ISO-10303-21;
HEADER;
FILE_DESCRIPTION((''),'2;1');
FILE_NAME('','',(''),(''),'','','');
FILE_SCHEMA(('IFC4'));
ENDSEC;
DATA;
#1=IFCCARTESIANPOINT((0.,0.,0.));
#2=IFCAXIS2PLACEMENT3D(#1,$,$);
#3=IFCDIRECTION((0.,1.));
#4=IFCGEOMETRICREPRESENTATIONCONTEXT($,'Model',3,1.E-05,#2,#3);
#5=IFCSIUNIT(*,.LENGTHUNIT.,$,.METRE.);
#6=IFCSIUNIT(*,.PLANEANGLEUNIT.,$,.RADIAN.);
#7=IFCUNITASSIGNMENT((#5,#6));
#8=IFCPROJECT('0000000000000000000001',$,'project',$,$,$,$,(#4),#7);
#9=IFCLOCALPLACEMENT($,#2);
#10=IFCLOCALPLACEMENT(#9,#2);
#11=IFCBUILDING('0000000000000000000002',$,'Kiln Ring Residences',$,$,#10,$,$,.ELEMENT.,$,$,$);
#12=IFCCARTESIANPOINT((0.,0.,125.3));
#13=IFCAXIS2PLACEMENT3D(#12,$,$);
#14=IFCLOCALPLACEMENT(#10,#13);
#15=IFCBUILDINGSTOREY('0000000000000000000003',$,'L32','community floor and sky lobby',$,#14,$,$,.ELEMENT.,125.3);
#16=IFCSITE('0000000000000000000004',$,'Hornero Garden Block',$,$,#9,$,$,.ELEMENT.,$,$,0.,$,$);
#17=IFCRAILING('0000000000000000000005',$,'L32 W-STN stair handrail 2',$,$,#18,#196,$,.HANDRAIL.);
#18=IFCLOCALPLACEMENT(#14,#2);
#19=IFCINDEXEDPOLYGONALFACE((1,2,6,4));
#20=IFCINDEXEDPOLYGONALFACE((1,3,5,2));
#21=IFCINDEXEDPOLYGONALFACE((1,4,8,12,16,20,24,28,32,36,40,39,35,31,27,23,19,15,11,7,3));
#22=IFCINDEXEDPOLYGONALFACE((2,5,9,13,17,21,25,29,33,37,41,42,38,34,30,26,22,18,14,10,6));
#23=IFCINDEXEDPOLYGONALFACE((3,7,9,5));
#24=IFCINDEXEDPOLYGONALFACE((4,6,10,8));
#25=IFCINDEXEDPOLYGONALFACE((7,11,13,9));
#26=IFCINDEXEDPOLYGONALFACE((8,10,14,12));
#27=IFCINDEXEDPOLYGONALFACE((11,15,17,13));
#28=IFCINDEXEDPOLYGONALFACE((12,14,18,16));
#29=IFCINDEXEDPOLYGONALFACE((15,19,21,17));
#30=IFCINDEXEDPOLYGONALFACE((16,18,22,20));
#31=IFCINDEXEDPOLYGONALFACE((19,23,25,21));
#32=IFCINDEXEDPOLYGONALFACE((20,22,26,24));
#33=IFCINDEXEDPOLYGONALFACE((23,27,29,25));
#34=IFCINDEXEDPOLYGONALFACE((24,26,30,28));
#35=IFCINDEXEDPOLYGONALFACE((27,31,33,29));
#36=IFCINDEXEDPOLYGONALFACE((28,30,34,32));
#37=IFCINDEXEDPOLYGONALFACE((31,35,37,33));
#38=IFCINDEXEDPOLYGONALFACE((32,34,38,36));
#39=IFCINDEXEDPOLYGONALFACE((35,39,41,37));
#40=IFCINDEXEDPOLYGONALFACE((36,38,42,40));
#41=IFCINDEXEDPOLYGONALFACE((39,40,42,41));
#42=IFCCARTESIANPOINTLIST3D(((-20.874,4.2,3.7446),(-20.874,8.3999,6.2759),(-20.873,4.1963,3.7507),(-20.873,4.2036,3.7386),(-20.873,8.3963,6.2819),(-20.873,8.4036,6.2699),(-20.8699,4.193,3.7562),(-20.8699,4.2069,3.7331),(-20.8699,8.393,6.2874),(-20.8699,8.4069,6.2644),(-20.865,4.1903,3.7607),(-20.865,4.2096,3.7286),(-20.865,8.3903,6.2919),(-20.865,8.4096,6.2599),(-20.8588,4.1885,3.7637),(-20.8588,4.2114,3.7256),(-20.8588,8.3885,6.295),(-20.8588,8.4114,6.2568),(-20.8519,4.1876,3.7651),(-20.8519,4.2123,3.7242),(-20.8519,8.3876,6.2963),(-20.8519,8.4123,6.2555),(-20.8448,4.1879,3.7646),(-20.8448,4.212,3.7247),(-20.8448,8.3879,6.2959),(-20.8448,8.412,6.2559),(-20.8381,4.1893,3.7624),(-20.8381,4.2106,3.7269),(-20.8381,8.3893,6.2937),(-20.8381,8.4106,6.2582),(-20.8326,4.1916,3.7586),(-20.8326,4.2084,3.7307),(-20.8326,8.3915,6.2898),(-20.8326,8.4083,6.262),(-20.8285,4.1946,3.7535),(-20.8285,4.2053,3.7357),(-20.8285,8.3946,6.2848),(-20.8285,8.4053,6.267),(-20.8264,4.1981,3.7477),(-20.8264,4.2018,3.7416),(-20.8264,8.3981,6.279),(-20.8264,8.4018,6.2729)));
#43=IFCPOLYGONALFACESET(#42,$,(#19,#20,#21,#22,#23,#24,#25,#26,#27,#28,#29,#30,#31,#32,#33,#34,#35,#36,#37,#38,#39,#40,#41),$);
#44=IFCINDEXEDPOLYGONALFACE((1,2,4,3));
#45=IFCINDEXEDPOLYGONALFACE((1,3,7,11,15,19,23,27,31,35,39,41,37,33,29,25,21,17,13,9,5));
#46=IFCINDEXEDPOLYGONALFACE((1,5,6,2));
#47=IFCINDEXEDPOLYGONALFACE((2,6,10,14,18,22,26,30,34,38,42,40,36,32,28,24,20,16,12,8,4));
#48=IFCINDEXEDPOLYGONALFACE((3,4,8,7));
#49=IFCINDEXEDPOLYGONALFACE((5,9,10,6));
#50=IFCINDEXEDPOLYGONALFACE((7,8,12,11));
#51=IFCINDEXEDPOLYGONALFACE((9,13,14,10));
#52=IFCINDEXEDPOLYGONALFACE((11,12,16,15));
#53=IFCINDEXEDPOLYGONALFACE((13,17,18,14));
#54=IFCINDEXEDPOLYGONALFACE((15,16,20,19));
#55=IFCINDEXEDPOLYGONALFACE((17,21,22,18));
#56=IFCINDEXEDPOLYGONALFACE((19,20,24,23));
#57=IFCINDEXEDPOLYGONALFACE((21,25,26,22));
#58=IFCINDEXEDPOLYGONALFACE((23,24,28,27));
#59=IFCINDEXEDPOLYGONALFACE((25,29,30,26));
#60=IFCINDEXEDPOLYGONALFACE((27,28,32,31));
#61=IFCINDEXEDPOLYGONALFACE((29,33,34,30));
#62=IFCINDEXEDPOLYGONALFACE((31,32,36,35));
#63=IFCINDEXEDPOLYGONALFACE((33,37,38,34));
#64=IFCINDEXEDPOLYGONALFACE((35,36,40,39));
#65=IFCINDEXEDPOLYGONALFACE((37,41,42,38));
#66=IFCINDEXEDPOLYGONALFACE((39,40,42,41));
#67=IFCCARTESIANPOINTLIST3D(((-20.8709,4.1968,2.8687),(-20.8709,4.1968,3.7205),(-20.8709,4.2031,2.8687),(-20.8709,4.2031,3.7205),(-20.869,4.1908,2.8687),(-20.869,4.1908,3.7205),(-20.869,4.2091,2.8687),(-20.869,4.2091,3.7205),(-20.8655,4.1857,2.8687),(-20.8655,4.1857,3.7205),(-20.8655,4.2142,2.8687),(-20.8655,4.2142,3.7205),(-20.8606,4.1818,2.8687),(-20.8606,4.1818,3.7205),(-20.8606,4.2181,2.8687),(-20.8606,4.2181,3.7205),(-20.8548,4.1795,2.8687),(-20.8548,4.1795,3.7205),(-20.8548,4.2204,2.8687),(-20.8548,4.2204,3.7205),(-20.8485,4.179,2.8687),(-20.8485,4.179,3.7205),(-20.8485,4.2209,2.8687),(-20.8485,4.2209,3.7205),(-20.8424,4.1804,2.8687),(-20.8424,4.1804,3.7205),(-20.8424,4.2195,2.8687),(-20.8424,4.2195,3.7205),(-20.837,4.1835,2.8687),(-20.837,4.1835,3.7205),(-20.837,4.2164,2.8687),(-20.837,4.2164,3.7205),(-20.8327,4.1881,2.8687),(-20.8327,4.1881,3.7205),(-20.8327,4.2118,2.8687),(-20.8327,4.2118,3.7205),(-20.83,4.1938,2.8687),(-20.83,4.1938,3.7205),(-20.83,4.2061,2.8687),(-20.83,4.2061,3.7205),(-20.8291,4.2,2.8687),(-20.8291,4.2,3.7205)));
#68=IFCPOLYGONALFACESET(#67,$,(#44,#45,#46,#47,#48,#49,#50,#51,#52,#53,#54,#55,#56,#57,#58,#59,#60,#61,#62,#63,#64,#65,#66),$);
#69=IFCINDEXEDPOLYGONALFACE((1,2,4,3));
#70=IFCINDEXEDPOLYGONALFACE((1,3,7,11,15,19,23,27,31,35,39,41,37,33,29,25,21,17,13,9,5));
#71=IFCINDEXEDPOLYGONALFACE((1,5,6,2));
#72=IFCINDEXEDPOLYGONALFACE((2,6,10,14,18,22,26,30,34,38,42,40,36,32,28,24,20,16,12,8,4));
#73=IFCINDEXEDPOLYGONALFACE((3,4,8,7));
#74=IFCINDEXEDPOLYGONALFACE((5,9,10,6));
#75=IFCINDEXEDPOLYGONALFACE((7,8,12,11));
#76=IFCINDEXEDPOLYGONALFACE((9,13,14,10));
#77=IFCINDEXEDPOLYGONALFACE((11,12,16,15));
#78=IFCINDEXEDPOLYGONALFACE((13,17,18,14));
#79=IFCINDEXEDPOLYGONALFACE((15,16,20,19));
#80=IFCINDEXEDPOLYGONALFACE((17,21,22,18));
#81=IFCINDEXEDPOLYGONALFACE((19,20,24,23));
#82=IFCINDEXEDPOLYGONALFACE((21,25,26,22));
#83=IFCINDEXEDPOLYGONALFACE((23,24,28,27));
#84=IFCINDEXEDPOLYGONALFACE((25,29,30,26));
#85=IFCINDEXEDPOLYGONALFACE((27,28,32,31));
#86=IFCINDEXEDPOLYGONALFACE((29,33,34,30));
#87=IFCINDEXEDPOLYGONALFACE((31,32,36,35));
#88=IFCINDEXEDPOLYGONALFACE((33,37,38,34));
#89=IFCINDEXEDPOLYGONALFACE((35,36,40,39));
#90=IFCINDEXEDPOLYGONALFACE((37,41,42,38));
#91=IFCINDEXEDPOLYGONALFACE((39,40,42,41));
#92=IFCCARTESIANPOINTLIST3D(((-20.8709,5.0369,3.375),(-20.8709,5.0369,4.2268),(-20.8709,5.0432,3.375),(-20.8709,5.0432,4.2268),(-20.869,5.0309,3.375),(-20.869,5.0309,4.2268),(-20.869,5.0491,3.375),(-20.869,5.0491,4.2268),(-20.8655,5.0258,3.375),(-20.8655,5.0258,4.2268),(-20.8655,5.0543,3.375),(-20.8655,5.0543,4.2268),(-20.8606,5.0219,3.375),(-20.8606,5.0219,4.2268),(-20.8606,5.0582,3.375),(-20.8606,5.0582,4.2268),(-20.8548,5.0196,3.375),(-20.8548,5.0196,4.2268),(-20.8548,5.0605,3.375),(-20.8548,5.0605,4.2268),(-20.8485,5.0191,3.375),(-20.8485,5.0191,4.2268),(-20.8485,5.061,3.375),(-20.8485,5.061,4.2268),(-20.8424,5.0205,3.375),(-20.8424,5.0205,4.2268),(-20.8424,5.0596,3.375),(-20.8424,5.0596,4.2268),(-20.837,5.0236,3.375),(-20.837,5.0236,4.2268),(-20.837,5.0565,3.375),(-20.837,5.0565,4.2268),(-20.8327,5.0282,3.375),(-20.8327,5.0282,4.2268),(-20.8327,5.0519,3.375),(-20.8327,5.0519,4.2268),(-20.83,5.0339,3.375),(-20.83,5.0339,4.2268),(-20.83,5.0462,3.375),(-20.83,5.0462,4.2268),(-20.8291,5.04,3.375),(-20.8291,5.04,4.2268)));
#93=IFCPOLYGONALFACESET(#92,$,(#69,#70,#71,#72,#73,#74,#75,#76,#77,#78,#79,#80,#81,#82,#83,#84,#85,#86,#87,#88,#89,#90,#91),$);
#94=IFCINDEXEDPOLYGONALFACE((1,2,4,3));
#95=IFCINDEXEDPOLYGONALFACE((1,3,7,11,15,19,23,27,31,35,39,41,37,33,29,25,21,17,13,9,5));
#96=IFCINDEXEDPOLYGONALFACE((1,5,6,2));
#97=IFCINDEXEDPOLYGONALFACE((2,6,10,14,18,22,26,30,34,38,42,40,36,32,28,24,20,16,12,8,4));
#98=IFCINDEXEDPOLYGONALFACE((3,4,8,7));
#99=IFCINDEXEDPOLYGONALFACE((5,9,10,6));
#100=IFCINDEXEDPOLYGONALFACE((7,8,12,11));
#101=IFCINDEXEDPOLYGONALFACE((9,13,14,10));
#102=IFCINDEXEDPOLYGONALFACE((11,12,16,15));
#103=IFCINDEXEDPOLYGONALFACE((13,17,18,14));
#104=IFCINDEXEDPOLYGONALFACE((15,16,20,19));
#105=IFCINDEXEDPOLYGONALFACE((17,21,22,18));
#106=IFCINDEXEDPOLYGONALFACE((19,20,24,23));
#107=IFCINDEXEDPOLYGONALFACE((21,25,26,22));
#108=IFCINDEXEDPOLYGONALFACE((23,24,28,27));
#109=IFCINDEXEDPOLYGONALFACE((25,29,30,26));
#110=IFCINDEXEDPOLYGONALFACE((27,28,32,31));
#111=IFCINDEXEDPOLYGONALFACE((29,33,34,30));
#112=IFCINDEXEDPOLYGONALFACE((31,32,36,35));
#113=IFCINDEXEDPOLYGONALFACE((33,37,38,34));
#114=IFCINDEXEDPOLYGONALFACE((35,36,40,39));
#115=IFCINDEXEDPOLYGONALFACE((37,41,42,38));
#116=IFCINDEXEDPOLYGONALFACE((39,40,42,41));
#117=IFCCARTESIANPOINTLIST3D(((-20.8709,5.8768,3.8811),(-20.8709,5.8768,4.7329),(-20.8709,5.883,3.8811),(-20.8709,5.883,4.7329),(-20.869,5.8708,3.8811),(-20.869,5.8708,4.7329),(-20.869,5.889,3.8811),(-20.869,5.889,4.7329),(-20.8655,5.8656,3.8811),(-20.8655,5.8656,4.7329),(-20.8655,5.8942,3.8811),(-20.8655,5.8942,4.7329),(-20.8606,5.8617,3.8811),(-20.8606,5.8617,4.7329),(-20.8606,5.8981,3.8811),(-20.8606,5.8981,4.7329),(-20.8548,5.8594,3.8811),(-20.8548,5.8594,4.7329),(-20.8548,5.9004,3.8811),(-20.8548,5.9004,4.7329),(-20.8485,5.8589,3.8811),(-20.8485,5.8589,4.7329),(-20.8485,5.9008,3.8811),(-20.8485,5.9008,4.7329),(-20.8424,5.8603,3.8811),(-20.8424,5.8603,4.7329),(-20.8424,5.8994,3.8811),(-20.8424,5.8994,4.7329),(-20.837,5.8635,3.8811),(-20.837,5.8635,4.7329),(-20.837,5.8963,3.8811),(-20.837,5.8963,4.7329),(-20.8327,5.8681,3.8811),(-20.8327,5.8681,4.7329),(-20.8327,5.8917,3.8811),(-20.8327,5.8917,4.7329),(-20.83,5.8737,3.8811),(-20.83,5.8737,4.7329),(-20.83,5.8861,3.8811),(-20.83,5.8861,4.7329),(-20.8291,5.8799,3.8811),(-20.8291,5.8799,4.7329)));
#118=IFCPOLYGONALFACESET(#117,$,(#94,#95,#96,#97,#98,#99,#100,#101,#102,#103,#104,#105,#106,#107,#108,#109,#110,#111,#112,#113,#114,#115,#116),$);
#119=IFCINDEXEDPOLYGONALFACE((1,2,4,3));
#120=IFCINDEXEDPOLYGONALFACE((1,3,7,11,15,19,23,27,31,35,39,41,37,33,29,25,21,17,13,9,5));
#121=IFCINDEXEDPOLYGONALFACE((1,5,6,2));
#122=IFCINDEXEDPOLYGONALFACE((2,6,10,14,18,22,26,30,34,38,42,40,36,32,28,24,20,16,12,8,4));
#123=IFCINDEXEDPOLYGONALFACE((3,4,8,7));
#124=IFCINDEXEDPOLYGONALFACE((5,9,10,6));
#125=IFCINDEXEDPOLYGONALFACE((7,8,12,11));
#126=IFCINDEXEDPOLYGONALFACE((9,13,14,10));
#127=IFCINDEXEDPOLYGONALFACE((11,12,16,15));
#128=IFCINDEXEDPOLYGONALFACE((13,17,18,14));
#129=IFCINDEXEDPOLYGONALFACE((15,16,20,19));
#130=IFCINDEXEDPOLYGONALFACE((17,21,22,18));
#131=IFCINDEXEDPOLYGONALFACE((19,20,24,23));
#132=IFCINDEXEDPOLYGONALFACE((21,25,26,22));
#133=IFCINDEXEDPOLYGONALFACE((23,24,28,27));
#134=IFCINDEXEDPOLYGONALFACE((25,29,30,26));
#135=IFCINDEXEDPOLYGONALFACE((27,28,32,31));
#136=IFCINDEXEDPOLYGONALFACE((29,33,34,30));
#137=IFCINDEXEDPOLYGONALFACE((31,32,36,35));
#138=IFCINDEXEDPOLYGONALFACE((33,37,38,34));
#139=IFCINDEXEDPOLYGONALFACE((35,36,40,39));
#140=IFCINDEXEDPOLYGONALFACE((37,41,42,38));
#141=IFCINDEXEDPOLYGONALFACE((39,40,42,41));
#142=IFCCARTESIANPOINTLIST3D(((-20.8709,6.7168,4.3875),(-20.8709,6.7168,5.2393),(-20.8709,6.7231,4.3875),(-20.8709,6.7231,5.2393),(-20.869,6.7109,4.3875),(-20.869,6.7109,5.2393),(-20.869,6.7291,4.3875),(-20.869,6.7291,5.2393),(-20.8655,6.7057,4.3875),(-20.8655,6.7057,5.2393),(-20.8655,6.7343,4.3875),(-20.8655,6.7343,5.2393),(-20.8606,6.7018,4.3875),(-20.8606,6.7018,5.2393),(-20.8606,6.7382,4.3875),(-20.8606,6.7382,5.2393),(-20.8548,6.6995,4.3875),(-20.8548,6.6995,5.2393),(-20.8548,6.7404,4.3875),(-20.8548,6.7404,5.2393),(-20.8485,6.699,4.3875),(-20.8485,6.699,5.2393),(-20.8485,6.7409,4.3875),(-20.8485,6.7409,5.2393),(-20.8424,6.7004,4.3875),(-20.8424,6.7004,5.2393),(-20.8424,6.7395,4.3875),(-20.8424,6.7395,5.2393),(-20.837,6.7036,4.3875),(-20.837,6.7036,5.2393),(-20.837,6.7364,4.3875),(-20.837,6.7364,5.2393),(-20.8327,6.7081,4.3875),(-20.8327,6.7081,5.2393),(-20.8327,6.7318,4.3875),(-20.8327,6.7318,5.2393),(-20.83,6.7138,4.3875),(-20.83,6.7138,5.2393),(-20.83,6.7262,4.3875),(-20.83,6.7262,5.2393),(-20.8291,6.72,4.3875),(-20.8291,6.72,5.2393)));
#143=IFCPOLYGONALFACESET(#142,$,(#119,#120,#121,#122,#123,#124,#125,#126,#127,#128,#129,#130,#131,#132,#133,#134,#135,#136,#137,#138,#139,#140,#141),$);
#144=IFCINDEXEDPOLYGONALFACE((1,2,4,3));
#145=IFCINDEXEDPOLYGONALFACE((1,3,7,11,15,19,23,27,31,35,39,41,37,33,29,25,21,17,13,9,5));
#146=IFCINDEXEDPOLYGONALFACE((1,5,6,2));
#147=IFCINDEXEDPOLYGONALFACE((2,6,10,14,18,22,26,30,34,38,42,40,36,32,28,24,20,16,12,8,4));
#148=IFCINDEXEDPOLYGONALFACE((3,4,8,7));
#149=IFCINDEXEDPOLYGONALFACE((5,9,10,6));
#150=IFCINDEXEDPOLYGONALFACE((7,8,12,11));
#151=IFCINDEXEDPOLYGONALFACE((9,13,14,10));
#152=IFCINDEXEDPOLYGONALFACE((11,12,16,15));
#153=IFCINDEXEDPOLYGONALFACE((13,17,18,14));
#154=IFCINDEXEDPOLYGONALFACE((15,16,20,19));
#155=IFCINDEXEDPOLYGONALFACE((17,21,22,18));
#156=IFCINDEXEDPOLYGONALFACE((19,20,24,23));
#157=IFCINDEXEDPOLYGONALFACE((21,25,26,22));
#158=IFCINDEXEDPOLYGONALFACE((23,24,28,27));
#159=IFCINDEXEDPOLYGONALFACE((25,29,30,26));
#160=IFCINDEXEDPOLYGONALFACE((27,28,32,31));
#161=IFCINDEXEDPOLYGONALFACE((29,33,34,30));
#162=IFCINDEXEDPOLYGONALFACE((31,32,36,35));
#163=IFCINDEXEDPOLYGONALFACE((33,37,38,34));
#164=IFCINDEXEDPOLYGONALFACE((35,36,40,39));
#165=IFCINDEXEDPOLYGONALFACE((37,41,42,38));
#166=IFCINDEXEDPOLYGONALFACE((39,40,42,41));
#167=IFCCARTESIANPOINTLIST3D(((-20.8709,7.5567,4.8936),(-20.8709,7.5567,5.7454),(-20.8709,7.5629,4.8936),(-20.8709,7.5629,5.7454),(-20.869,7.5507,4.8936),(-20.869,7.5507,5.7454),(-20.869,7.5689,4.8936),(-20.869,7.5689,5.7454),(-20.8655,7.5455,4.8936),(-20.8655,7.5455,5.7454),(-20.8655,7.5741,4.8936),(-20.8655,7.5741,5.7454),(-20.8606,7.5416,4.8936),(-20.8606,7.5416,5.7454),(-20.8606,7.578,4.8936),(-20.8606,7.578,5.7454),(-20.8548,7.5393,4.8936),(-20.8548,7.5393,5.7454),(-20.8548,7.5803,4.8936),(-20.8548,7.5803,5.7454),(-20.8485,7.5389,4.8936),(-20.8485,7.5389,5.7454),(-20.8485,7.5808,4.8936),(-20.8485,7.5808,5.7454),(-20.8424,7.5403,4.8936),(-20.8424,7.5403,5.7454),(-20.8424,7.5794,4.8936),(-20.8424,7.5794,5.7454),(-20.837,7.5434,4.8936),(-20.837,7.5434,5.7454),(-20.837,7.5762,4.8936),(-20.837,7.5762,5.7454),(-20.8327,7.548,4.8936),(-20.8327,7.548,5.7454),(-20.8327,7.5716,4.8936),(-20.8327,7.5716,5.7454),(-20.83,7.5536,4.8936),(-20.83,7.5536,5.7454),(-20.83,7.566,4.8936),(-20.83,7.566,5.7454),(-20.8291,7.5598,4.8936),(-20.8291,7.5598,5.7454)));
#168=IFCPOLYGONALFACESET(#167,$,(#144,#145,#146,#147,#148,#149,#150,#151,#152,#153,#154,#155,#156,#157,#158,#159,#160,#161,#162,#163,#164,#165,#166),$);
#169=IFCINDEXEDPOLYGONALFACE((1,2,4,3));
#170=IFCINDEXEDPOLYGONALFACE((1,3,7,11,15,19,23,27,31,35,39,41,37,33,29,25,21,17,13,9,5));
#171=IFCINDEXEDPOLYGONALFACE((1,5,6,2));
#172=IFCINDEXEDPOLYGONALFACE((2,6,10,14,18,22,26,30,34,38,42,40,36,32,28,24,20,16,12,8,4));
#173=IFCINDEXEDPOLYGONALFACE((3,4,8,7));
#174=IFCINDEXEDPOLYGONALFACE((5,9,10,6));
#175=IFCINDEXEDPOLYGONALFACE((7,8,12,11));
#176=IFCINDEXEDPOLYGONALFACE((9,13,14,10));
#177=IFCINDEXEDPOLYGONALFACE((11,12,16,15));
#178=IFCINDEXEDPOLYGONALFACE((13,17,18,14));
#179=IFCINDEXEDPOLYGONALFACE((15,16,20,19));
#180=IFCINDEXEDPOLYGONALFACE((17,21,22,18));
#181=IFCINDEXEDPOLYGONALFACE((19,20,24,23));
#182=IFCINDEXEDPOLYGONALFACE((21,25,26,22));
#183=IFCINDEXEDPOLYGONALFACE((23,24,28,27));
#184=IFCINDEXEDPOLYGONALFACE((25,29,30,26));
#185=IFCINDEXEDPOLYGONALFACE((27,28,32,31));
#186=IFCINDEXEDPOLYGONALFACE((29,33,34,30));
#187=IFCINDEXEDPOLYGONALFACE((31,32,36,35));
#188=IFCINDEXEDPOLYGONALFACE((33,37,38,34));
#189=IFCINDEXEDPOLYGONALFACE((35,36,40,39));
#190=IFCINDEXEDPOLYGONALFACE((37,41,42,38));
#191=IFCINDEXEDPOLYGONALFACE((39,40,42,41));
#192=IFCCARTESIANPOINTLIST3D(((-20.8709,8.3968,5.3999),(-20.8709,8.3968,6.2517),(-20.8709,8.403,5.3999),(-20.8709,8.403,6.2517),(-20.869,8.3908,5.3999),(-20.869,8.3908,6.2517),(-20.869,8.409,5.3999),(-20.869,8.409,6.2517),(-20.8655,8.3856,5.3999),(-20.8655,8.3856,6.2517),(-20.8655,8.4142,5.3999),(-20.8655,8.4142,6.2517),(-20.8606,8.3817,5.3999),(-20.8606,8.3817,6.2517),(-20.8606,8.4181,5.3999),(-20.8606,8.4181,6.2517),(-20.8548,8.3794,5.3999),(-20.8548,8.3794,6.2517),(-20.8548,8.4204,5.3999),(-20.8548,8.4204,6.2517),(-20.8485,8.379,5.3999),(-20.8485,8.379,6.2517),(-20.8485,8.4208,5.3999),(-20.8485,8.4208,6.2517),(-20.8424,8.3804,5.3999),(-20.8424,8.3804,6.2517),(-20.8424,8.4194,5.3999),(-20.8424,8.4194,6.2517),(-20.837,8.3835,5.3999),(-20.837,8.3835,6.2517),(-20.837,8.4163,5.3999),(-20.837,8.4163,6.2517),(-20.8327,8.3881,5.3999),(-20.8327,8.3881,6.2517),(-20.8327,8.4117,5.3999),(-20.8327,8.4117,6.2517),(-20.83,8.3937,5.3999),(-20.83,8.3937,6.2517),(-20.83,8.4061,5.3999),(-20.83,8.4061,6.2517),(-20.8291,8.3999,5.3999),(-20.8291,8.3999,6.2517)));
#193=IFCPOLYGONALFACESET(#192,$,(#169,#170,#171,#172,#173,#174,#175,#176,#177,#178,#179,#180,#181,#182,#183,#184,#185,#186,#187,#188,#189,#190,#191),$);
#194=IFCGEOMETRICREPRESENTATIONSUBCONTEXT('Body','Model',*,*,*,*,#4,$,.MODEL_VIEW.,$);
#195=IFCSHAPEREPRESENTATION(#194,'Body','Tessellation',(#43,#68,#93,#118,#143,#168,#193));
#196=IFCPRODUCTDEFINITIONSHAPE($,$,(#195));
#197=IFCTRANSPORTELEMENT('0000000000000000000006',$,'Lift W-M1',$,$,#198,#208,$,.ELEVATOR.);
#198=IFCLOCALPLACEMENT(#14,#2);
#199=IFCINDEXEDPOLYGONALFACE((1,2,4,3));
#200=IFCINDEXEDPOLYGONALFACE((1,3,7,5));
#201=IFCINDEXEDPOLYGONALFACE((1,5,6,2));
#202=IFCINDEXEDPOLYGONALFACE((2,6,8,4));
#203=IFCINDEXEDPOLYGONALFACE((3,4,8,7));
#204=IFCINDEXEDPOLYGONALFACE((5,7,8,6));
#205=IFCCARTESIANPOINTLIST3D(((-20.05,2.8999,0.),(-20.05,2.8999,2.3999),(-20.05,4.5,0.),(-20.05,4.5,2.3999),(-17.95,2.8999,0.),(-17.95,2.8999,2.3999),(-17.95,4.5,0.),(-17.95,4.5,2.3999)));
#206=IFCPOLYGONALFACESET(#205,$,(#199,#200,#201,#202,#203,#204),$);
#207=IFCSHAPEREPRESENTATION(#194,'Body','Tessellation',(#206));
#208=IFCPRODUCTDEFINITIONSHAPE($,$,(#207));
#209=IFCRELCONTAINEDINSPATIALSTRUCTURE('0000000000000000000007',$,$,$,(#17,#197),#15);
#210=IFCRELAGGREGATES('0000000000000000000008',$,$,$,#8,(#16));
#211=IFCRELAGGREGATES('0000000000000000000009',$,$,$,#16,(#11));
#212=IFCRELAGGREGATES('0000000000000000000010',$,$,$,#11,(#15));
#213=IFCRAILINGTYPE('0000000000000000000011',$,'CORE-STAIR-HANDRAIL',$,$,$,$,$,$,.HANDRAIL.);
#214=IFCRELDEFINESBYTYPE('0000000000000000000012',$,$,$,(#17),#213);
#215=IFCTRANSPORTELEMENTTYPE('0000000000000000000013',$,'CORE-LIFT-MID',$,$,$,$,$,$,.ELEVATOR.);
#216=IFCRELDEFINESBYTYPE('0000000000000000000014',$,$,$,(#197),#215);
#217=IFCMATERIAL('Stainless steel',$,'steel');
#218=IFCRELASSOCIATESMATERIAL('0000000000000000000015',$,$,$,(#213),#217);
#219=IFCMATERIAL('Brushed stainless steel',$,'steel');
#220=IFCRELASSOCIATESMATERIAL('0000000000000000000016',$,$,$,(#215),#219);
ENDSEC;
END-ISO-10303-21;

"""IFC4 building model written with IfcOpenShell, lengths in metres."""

from ifc_helpers import new_model, si_unit, direction, frame, origin, origin_2d, place, context, subcontext, project, spatial, rectangle, circle, extrude, material, type_object, element, save


model = new_model("IFC4")

# Units and contexts
model_context = context("Model", 3, precision=1e-05, world=origin(), true_north=direction((0.0, 1.0)))
body_context = subcontext(model_context, "Body", "Model", "MODEL_VIEW")
ifc_project = project(units=[si_unit("LENGTHUNIT", "METRE"), si_unit("PLANEANGLEUNIT", "RADIAN")], contexts=[model_context])

# Site, building, storey
site_placement = place(None, origin())
site = spatial("IfcSite", under=ifc_project, at=site_placement, Name="Hornero Garden Block", CompositionType="ELEMENT", RefElevation=0.0)
building_placement = place(site_placement, origin())
building = spatial("IfcBuilding", under=site, at=building_placement, Name="Kiln Ring Residences", CompositionType="ELEMENT")
storey_placement = place(building_placement, frame((0.0, 0.0, 125.3)))
storey = spatial("IfcBuildingStorey", under=building, at=storey_placement, Name="L32", Description="community floor and sky lobby", CompositionType="ELEMENT", Elevation=125.3)

# Railing
ifc_material_1 = material(Name="Stainless steel", Category="steel")
railing_type_1 = type_object("IfcRailingType", Name="CORE-STAIR-HANDRAIL", PredefinedType="HANDRAIL", material=ifc_material_1)
railing_1_placement = place(storey_placement, frame((-20.8501, 4.2, 2.8687)))
element("IfcRailing", 1, at=railing_1_placement, inside=storey, type_object=railing_type_1, Name="L32 W-STN stair handrail 2", PredefinedType="HANDRAIL", context=body_context, shape_type="SweptSolid", body=[
    extrude(circle(Radius=0.0239, at=origin_2d()), frame((0.0, 0.0, 0.876), z_axis=(0.0, 0.856476, 0.516186), x_axis=(-1.0, 0.0, 0.0)), (0.0, 0.0, 1.0), 4.9038),
    extrude(circle(Radius=0.021, at=origin_2d()), origin(), (0.0, 0.0, 1.0), 0.8518),
    extrude(circle(Radius=0.021, at=origin_2d()), frame((0.0, 0.8401, 0.5063)), (0.0, 0.0, 1.0), 0.8518),
    extrude(circle(Radius=0.021, at=origin_2d()), frame((0.0, 1.6799, 1.0125)), (0.0, 0.0, 1.0), 0.8518),
    extrude(circle(Radius=0.021, at=origin_2d()), frame((0.0, 2.52, 1.5188)), (0.0, 0.0, 1.0), 0.8518),
    extrude(circle(Radius=0.021, at=origin_2d()), frame((0.0, 3.3599, 2.0249)), (0.0, 0.0, 1.0), 0.8518),
    extrude(circle(Radius=0.021, at=origin_2d()), frame((0.0, 4.2, 2.5312)), (0.0, 0.0, 1.0), 0.8518),
])

# Transport element
ifc_material_2 = material(Name="Brushed stainless steel", Category="steel")
transport_element_type = type_object("IfcTransportElementType", Name="CORE-LIFT-MID", PredefinedType="ELEVATOR", material=ifc_material_2)
transport_element_placement = place(storey_placement, frame((-19.0, 3.7, 0.0), z_axis=(0.0, 0.0, 1.0), x_axis=(1.0, 0.0, 0.0)))
element("IfcTransportElement", 2, at=transport_element_placement, inside=storey, type_object=transport_element_type, Name="Lift W-M1", PredefinedType="ELEVATOR", context=body_context, shape_type="SweptSolid", body=[
    extrude(rectangle(XDim=2.1001, YDim=1.6001, at=origin_2d()), origin(), (0.0, 0.0, 1.0), 2.3999),
])

save(model, "model.ifc")
